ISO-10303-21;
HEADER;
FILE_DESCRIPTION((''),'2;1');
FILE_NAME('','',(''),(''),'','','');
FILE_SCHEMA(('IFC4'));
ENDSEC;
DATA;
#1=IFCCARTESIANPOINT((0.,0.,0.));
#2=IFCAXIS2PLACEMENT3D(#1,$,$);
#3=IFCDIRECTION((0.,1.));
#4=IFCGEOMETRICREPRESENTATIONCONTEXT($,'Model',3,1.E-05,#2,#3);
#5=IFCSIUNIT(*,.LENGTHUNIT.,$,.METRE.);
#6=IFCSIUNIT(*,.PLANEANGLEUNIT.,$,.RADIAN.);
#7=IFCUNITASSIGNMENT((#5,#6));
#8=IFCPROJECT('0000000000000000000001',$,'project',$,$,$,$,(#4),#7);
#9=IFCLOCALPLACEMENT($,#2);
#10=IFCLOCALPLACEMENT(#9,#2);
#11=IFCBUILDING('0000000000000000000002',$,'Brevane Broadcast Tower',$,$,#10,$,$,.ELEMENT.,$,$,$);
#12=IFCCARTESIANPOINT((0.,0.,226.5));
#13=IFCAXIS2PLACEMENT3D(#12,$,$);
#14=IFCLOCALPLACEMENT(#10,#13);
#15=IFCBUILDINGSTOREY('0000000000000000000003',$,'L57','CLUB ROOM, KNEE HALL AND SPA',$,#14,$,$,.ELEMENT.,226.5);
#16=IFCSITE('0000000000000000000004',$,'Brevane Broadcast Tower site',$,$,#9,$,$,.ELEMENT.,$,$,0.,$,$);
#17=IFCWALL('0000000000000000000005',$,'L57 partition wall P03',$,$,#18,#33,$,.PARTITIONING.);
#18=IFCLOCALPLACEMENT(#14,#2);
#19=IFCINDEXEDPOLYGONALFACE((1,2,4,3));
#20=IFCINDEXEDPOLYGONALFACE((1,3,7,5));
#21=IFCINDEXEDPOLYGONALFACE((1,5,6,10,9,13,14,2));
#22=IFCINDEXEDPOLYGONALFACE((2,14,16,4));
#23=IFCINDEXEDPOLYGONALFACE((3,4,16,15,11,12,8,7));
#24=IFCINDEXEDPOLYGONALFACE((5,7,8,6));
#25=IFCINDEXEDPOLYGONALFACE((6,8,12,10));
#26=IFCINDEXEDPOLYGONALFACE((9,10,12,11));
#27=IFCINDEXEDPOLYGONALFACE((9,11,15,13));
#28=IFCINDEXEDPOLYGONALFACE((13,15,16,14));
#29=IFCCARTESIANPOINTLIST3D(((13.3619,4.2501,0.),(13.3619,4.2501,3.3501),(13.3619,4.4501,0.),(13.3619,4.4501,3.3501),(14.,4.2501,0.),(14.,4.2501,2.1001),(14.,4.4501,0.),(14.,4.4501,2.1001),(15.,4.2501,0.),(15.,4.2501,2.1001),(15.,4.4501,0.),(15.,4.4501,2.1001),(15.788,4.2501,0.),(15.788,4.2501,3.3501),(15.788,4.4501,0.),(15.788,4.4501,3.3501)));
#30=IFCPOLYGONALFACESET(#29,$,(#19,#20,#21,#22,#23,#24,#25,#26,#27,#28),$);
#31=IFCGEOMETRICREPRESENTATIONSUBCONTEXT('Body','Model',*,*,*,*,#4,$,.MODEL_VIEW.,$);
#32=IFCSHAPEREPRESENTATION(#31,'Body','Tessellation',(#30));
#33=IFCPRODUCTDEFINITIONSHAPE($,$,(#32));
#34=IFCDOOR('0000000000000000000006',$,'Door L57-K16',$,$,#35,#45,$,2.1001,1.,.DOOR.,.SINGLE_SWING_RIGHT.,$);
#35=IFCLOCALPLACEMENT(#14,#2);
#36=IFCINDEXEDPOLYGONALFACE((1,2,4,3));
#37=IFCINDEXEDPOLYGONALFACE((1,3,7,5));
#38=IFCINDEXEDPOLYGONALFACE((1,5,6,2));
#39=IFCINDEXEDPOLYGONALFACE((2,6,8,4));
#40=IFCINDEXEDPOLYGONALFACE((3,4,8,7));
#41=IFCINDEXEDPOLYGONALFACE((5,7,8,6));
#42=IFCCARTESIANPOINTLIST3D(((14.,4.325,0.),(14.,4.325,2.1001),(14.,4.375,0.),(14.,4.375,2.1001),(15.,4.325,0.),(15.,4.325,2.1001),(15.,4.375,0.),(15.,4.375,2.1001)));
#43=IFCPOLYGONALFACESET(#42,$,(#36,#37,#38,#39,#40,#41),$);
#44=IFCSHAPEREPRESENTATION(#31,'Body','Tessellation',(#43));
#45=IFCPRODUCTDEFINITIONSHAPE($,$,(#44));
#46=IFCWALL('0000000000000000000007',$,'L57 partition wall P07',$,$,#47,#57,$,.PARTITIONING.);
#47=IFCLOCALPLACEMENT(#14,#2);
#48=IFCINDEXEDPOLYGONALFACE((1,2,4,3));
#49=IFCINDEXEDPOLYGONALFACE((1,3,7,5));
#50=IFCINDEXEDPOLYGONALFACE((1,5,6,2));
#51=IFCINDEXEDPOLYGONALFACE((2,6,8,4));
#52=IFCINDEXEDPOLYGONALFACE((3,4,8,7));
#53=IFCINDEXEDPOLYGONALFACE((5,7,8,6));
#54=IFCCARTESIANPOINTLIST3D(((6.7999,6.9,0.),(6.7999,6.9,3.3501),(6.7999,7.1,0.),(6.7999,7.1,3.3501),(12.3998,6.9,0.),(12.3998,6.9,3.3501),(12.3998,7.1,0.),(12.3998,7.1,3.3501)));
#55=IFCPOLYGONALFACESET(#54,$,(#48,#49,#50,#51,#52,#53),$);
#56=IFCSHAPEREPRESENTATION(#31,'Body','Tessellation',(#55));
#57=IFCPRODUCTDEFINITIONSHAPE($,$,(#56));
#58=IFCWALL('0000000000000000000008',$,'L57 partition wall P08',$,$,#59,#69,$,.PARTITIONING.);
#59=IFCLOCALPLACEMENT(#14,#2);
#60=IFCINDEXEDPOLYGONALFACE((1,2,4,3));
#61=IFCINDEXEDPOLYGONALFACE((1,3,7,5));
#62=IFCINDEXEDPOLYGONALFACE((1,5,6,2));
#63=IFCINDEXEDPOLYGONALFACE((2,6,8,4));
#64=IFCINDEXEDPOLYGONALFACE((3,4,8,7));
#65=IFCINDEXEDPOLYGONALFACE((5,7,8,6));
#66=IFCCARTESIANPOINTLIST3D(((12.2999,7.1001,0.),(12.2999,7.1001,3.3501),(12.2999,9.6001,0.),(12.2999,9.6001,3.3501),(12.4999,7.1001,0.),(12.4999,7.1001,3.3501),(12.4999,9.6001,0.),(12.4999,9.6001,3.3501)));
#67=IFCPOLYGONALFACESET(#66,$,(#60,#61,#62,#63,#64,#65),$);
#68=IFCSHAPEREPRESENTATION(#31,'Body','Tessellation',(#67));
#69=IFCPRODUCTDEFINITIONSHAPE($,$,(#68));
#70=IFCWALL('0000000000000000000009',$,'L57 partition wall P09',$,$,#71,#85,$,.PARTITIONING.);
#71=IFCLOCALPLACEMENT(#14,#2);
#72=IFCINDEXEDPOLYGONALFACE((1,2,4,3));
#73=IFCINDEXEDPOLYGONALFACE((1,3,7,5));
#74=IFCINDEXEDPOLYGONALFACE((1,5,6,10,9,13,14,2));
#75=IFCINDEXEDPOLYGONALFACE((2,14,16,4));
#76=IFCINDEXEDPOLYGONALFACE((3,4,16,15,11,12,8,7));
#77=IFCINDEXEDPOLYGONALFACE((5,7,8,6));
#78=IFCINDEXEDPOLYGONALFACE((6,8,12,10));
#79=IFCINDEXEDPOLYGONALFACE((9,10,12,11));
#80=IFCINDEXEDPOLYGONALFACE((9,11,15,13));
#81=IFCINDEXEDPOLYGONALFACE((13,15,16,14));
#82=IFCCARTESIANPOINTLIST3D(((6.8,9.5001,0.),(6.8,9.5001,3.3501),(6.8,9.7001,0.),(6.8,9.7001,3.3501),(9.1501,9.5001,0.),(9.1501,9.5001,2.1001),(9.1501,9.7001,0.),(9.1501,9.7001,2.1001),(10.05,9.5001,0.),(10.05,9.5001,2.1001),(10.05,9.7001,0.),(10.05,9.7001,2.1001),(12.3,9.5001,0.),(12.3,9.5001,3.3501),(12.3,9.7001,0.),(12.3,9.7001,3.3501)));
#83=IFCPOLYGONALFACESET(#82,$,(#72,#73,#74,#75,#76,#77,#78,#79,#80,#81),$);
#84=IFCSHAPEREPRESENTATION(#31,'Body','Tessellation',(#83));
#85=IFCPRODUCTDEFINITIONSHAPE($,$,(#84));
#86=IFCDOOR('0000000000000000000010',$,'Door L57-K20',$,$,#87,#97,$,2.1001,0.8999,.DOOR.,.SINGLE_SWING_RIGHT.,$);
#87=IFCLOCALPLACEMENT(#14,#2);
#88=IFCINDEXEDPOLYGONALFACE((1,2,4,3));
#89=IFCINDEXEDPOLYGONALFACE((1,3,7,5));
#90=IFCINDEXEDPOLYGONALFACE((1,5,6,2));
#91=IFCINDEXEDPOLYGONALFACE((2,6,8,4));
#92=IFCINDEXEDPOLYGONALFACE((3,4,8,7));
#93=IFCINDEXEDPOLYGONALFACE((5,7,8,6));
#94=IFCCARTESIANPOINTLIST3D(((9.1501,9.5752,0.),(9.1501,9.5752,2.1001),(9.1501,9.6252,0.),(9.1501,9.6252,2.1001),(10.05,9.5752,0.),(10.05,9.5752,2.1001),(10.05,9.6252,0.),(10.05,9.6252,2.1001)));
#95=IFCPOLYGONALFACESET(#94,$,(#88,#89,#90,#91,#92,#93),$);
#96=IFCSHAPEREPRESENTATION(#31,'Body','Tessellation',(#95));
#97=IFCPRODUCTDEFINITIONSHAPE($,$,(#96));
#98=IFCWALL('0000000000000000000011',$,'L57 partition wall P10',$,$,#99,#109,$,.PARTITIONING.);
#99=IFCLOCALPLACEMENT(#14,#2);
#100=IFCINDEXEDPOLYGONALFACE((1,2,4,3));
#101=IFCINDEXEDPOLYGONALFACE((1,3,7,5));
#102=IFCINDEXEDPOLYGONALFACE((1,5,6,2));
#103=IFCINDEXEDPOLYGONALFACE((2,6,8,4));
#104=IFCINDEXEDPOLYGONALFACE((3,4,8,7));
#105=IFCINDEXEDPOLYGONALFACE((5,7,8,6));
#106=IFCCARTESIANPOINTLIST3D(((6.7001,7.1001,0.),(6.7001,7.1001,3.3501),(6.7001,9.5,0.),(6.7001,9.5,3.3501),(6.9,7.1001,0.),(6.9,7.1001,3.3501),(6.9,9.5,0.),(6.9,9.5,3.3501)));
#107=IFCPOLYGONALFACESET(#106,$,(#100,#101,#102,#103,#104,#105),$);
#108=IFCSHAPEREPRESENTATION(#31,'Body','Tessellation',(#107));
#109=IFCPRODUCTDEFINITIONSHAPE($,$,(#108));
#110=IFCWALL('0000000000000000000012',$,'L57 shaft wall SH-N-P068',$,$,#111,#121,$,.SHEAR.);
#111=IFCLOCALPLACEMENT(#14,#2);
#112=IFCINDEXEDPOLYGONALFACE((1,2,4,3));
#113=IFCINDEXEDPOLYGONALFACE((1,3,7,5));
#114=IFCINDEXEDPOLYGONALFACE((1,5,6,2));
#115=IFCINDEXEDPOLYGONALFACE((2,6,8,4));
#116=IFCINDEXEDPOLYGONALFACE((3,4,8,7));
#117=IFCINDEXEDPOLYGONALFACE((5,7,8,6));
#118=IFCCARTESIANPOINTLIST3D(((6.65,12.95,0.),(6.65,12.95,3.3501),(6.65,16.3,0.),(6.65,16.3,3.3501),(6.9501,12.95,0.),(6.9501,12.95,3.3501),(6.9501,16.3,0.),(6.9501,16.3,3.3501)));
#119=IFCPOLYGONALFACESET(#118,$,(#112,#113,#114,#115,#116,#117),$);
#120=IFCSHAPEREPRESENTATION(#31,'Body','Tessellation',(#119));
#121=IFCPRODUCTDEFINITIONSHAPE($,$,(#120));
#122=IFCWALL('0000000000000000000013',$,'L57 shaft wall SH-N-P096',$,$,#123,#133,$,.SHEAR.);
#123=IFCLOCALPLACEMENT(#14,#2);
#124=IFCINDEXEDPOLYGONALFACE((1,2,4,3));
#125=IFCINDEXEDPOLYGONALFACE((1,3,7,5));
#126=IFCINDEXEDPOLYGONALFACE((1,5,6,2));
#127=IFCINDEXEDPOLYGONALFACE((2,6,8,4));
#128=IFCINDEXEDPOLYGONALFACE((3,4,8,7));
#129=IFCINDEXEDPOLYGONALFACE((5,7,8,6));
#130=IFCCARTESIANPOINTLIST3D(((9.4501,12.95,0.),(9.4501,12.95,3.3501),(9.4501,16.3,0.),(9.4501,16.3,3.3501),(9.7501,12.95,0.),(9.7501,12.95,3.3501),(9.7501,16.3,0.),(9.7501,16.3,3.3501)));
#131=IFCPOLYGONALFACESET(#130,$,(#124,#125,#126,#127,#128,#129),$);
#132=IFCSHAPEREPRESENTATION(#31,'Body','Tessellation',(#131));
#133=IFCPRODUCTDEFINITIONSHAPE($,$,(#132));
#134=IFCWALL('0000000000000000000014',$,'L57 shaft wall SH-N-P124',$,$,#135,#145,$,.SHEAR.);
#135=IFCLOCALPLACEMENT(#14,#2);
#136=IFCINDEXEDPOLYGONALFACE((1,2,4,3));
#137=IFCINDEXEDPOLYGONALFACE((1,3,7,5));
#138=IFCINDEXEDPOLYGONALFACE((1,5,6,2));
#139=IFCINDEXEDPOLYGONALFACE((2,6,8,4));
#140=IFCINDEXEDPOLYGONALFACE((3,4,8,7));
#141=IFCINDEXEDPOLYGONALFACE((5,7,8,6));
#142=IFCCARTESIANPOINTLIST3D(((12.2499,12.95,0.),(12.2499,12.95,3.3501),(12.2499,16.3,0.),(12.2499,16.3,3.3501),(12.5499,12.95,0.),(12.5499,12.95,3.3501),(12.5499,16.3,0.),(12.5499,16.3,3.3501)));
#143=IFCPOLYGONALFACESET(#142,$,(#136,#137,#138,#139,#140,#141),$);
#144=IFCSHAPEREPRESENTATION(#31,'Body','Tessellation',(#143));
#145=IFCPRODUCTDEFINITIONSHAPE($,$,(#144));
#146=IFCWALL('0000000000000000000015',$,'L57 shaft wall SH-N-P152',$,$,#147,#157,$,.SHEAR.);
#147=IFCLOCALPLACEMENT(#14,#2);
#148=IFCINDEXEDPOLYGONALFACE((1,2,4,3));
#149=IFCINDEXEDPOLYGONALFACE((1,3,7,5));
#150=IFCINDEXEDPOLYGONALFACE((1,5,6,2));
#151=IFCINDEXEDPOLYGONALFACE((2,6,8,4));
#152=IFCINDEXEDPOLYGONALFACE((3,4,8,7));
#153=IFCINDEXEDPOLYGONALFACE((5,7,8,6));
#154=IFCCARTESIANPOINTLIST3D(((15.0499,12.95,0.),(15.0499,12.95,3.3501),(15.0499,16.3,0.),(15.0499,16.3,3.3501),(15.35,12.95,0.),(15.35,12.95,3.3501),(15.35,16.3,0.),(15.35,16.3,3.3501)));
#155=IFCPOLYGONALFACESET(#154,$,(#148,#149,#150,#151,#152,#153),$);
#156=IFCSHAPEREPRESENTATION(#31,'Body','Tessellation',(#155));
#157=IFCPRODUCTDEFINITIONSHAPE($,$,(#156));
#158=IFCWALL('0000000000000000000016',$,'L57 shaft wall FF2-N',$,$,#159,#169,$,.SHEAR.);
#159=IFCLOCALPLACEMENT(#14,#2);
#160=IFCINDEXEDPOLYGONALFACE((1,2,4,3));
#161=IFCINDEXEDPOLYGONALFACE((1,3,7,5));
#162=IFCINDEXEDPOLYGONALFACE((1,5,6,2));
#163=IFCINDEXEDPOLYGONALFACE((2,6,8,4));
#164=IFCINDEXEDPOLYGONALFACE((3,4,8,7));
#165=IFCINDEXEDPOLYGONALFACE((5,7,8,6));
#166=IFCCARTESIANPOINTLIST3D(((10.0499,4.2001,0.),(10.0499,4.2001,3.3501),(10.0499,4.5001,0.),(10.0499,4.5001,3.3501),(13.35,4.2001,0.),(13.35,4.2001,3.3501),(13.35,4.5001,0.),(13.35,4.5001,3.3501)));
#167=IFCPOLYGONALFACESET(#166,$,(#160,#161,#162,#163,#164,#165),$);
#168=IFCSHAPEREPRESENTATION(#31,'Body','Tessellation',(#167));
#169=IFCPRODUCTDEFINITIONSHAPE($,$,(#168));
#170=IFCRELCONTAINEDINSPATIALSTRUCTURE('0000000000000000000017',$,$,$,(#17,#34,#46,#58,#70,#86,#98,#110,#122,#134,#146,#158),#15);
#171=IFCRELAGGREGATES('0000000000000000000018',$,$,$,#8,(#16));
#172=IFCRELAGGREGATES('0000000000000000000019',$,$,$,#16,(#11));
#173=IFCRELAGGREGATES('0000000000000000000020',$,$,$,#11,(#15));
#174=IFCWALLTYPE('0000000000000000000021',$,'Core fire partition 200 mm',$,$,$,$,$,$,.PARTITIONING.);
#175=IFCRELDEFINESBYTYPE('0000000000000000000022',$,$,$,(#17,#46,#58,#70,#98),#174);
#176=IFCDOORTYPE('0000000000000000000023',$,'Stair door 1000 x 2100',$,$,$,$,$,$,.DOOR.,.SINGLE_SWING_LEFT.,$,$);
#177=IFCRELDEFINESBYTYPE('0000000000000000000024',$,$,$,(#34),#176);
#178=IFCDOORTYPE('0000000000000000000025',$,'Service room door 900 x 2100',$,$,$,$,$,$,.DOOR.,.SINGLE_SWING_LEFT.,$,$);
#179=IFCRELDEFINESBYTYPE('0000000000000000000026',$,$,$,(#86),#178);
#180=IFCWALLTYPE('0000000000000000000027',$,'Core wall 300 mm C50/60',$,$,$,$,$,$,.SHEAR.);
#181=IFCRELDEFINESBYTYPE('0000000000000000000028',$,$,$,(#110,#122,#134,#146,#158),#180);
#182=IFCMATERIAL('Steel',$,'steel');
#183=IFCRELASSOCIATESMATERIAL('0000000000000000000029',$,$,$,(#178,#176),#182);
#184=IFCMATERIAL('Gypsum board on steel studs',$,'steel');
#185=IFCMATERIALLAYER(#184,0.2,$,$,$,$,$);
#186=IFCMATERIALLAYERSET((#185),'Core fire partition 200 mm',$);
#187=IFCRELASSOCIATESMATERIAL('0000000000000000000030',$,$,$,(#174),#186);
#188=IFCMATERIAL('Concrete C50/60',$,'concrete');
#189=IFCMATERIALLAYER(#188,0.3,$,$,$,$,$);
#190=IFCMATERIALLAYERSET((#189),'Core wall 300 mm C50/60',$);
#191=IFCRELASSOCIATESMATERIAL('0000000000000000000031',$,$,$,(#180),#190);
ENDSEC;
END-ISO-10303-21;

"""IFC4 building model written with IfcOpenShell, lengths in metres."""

from ifc_helpers import new_model, si_unit, direction, frame, frame_2d, origin, place, context, subcontext, project, spatial, rectangle, extrude, material, layer, layer_set, type_object, element, fill, save


model = new_model("IFC4")

# Units and contexts
model_context = context("Model", 3, precision=1e-05, world=origin(), true_north=direction((0.0, 1.0)))
body_context = subcontext(model_context, "Body", "Model", "MODEL_VIEW")
ifc_project = project(units=[si_unit("LENGTHUNIT", "METRE"), si_unit("PLANEANGLEUNIT", "RADIAN")], contexts=[model_context])

# Site, building, storey
site_placement = place(None, origin())
site = spatial("IfcSite", under=ifc_project, at=site_placement, Name="Brevane Broadcast Tower site", CompositionType="ELEMENT", RefElevation=0.0)
building_placement = place(site_placement, origin())
building = spatial("IfcBuilding", under=site, at=building_placement, Name="Brevane Broadcast Tower", CompositionType="ELEMENT")
storey_placement = place(building_placement, frame((0.0, 0.0, 226.5)))
storey = spatial("IfcBuildingStorey", under=building, at=storey_placement, Name="L57", Description="CLUB ROOM, KNEE HALL AND SPA", CompositionType="ELEMENT", Elevation=226.5)

# Shared definitions
ifc_material_1 = material(Name="Gypsum board on steel studs", Category="steel")

# Shared definitions
ifc_material_2 = material(Name="Steel", Category="steel")
door_type_1 = type_object("IfcDoorType", Name="Service room door 900 x 2100", OperationType="SINGLE_SWING_LEFT", PredefinedType="DOOR", material=ifc_material_2)

# Wall, opening, door
ifc_layer_1 = layer(ifc_material_1, 0.2)
ifc_layer_set_1 = layer_set([ifc_layer_1], Name="Core fire partition 200 mm")
wall_type_1 = type_object("IfcWallType", Name="Core fire partition 200 mm", PredefinedType="PARTITIONING", material=ifc_layer_set_1)
wall_1_placement = place(storey_placement, frame((13.3621, 4.3501, 0.0), z_axis=(0.0, 0.0, 1.0), x_axis=(1.0, 0.0, 0.0)))
wall_1 = element("IfcWall", 1, at=wall_1_placement, inside=storey, type_object=wall_type_1, Name="L57 partition wall P03", PredefinedType="PARTITIONING", context=body_context, shape_type="SweptSolid", body=[
    extrude(rectangle(XDim=2.426, YDim=0.2, at=frame_2d((1.2129, 0.0))), origin(), (0.0, 0.0, 1.0), 3.3501),
])
opening_1_placement = place(wall_1_placement, frame((0.6379, 0.0, 0.0)))
opening_1 = element("IfcOpeningElement", 2, at=opening_1_placement, cuts=wall_1, PredefinedType="OPENING", context=body_context, shape_type="SweptSolid", body=[
    extrude(rectangle(XDim=1.0, YDim=2.1001, at=frame_2d((0.5, 1.05))), frame((0.0, 0.1099, 0.0), z_axis=(0.0, -1.0, 0.0), x_axis=(1.0, 0.0, 0.0)), (0.0, 0.0, 1.0), 0.22),
])
door_type_2 = type_object("IfcDoorType", Name="Stair door 1000 x 2100", OperationType="SINGLE_SWING_LEFT", PredefinedType="DOOR", material=ifc_material_2)
door_1_placement = place(opening_1_placement, origin())
door_1 = element("IfcDoor", 3, at=door_1_placement, inside=storey, type_object=door_type_2, Name="Door L57-K16", OperationType="SINGLE_SWING_RIGHT", OverallHeight=2.1001, OverallWidth=1.0, PredefinedType="DOOR", context=body_context, shape_type="SweptSolid", body=[
    extrude(rectangle(XDim=1.0, YDim=2.1001, at=frame_2d((0.5, 1.05))), frame((0.0, 0.0249, 0.0), z_axis=(0.0, -1.0, 0.0), x_axis=(1.0, 0.0, 0.0)), (0.0, 0.0, 1.0), 0.05),
])
fill(opening_1, door_1)

# Walls
wall_2_placement = place(storey_placement, frame((6.8, 7.0, 0.0), z_axis=(0.0, 0.0, 1.0), x_axis=(1.0, 0.0, 0.0)))
element("IfcWall", 4, at=wall_2_placement, inside=storey, type_object=wall_type_1, Name="L57 partition wall P07", PredefinedType="PARTITIONING", context=body_context, shape_type="SweptSolid", body=[
    extrude(rectangle(XDim=5.5999, YDim=0.2, at=frame_2d((2.7998, 0.0))), origin(), (0.0, 0.0, 1.0), 3.3501),
])
wall_3_placement = place(storey_placement, frame((12.3999, 7.1001, 0.0), z_axis=(0.0, 0.0, 1.0), x_axis=(0.0, 1.0, 0.0)))
element("IfcWall", 5, at=wall_3_placement, inside=storey, type_object=wall_type_1, Name="L57 partition wall P08", PredefinedType="PARTITIONING", context=body_context, shape_type="SweptSolid", body=[
    extrude(rectangle(XDim=2.5, YDim=0.2, at=frame_2d((1.25, 0.0))), origin(), (0.0, 0.0, 1.0), 3.3501),
])

# Wall, opening, door
wall_4_placement = place(storey_placement, frame((12.3, 9.6001, 0.0), z_axis=(0.0, 0.0, 1.0), x_axis=(-1.0, 0.0, 0.0)))
wall_4 = element("IfcWall", 6, at=wall_4_placement, inside=storey, type_object=wall_type_1, Name="L57 partition wall P09", PredefinedType="PARTITIONING", context=body_context, shape_type="SweptSolid", body=[
    extrude(rectangle(XDim=5.5, YDim=0.2, at=frame_2d((2.75, 0.0))), origin(), (0.0, 0.0, 1.0), 3.3501),
])
opening_2_placement = place(wall_4_placement, frame((2.25, 0.0, 0.0)))
opening_2 = element("IfcOpeningElement", 7, at=opening_2_placement, cuts=wall_4, PredefinedType="OPENING", context=body_context, shape_type="SweptSolid", body=[
    extrude(rectangle(XDim=0.8999, YDim=2.1001, at=frame_2d((0.45, 1.05))), frame((0.0, 0.1099, 0.0), z_axis=(0.0, -1.0, 0.0), x_axis=(1.0, 0.0, 0.0)), (0.0, 0.0, 1.0), 0.22),
])
door_2_placement = place(opening_2_placement, origin())
door_2 = element("IfcDoor", 8, at=door_2_placement, inside=storey, type_object=door_type_1, Name="Door L57-K20", OperationType="SINGLE_SWING_RIGHT", OverallHeight=2.1001, OverallWidth=0.8999, PredefinedType="DOOR", context=body_context, shape_type="SweptSolid", body=[
    extrude(rectangle(XDim=0.8999, YDim=2.1001, at=frame_2d((0.45, 1.05))), frame((0.0, 0.0249, 0.0), z_axis=(0.0, -1.0, 0.0), x_axis=(1.0, 0.0, 0.0)), (0.0, 0.0, 1.0), 0.05),
])
fill(opening_2, door_2)

# Walls
wall_5_placement = place(storey_placement, frame((6.8, 9.5, 0.0), z_axis=(0.0, 0.0, 1.0), x_axis=(0.0, -1.0, 0.0)))
element("IfcWall", 9, at=wall_5_placement, inside=storey, type_object=wall_type_1, Name="L57 partition wall P10", PredefinedType="PARTITIONING", context=body_context, shape_type="SweptSolid", body=[
    extrude(rectangle(XDim=2.3999, YDim=0.2, at=frame_2d((1.2, 0.0))), origin(), (0.0, 0.0, 1.0), 3.3501),
])
ifc_material_3 = material(Name="Concrete C50/60", Category="concrete")
ifc_layer_2 = layer(ifc_material_3, 0.3)
ifc_layer_set_2 = layer_set([ifc_layer_2], Name="Core wall 300 mm C50/60")
wall_type_2 = type_object("IfcWallType", Name="Core wall 300 mm C50/60", PredefinedType="SHEAR", material=ifc_layer_set_2)
for number, where, z_axis, x_axis, name in (
    (10, (6.8, 12.95, 0.0), (0.0, 0.0, 1.0), (0.0, 1.0, 0.0), "L57 shaft wall SH-N-P068"),
    (11, (9.6001, 12.95, 0.0), (0.0, 0.0, 1.0), (0.0, 1.0, 0.0), "L57 shaft wall SH-N-P096"),
    (12, (12.3999, 12.95, 0.0), (0.0, 0.0, 1.0), (0.0, 1.0, 0.0), "L57 shaft wall SH-N-P124"),
    (13, (15.2, 12.95, 0.0), (0.0, 0.0, 1.0), (0.0, 1.0, 0.0), "L57 shaft wall SH-N-P152"),
):
    element("IfcWall", number, at=place(storey_placement, frame(where, z_axis=z_axis, x_axis=x_axis)), inside=storey, type_object=wall_type_2, Name=name, PredefinedType="SHEAR", context=body_context, shape_type="SweptSolid", body=[
        extrude(rectangle(XDim=3.3501, YDim=0.3, at=frame_2d((1.675, 0.0))), origin(), (0.0, 0.0, 1.0), 3.3501),
    ])
wall_6_placement = place(storey_placement, frame((10.05, 4.3501, 0.0), z_axis=(0.0, 0.0, 1.0), x_axis=(1.0, 0.0, 0.0)))
element("IfcWall", 14, at=wall_6_placement, inside=storey, type_object=wall_type_2, Name="L57 shaft wall FF2-N", PredefinedType="SHEAR", context=body_context, shape_type="SweptSolid", body=[
    extrude(rectangle(XDim=3.3, YDim=0.3, at=frame_2d((1.6499, 0.0))), origin(), (0.0, 0.0, 1.0), 3.3501),
])

save(model, "model.ifc")
